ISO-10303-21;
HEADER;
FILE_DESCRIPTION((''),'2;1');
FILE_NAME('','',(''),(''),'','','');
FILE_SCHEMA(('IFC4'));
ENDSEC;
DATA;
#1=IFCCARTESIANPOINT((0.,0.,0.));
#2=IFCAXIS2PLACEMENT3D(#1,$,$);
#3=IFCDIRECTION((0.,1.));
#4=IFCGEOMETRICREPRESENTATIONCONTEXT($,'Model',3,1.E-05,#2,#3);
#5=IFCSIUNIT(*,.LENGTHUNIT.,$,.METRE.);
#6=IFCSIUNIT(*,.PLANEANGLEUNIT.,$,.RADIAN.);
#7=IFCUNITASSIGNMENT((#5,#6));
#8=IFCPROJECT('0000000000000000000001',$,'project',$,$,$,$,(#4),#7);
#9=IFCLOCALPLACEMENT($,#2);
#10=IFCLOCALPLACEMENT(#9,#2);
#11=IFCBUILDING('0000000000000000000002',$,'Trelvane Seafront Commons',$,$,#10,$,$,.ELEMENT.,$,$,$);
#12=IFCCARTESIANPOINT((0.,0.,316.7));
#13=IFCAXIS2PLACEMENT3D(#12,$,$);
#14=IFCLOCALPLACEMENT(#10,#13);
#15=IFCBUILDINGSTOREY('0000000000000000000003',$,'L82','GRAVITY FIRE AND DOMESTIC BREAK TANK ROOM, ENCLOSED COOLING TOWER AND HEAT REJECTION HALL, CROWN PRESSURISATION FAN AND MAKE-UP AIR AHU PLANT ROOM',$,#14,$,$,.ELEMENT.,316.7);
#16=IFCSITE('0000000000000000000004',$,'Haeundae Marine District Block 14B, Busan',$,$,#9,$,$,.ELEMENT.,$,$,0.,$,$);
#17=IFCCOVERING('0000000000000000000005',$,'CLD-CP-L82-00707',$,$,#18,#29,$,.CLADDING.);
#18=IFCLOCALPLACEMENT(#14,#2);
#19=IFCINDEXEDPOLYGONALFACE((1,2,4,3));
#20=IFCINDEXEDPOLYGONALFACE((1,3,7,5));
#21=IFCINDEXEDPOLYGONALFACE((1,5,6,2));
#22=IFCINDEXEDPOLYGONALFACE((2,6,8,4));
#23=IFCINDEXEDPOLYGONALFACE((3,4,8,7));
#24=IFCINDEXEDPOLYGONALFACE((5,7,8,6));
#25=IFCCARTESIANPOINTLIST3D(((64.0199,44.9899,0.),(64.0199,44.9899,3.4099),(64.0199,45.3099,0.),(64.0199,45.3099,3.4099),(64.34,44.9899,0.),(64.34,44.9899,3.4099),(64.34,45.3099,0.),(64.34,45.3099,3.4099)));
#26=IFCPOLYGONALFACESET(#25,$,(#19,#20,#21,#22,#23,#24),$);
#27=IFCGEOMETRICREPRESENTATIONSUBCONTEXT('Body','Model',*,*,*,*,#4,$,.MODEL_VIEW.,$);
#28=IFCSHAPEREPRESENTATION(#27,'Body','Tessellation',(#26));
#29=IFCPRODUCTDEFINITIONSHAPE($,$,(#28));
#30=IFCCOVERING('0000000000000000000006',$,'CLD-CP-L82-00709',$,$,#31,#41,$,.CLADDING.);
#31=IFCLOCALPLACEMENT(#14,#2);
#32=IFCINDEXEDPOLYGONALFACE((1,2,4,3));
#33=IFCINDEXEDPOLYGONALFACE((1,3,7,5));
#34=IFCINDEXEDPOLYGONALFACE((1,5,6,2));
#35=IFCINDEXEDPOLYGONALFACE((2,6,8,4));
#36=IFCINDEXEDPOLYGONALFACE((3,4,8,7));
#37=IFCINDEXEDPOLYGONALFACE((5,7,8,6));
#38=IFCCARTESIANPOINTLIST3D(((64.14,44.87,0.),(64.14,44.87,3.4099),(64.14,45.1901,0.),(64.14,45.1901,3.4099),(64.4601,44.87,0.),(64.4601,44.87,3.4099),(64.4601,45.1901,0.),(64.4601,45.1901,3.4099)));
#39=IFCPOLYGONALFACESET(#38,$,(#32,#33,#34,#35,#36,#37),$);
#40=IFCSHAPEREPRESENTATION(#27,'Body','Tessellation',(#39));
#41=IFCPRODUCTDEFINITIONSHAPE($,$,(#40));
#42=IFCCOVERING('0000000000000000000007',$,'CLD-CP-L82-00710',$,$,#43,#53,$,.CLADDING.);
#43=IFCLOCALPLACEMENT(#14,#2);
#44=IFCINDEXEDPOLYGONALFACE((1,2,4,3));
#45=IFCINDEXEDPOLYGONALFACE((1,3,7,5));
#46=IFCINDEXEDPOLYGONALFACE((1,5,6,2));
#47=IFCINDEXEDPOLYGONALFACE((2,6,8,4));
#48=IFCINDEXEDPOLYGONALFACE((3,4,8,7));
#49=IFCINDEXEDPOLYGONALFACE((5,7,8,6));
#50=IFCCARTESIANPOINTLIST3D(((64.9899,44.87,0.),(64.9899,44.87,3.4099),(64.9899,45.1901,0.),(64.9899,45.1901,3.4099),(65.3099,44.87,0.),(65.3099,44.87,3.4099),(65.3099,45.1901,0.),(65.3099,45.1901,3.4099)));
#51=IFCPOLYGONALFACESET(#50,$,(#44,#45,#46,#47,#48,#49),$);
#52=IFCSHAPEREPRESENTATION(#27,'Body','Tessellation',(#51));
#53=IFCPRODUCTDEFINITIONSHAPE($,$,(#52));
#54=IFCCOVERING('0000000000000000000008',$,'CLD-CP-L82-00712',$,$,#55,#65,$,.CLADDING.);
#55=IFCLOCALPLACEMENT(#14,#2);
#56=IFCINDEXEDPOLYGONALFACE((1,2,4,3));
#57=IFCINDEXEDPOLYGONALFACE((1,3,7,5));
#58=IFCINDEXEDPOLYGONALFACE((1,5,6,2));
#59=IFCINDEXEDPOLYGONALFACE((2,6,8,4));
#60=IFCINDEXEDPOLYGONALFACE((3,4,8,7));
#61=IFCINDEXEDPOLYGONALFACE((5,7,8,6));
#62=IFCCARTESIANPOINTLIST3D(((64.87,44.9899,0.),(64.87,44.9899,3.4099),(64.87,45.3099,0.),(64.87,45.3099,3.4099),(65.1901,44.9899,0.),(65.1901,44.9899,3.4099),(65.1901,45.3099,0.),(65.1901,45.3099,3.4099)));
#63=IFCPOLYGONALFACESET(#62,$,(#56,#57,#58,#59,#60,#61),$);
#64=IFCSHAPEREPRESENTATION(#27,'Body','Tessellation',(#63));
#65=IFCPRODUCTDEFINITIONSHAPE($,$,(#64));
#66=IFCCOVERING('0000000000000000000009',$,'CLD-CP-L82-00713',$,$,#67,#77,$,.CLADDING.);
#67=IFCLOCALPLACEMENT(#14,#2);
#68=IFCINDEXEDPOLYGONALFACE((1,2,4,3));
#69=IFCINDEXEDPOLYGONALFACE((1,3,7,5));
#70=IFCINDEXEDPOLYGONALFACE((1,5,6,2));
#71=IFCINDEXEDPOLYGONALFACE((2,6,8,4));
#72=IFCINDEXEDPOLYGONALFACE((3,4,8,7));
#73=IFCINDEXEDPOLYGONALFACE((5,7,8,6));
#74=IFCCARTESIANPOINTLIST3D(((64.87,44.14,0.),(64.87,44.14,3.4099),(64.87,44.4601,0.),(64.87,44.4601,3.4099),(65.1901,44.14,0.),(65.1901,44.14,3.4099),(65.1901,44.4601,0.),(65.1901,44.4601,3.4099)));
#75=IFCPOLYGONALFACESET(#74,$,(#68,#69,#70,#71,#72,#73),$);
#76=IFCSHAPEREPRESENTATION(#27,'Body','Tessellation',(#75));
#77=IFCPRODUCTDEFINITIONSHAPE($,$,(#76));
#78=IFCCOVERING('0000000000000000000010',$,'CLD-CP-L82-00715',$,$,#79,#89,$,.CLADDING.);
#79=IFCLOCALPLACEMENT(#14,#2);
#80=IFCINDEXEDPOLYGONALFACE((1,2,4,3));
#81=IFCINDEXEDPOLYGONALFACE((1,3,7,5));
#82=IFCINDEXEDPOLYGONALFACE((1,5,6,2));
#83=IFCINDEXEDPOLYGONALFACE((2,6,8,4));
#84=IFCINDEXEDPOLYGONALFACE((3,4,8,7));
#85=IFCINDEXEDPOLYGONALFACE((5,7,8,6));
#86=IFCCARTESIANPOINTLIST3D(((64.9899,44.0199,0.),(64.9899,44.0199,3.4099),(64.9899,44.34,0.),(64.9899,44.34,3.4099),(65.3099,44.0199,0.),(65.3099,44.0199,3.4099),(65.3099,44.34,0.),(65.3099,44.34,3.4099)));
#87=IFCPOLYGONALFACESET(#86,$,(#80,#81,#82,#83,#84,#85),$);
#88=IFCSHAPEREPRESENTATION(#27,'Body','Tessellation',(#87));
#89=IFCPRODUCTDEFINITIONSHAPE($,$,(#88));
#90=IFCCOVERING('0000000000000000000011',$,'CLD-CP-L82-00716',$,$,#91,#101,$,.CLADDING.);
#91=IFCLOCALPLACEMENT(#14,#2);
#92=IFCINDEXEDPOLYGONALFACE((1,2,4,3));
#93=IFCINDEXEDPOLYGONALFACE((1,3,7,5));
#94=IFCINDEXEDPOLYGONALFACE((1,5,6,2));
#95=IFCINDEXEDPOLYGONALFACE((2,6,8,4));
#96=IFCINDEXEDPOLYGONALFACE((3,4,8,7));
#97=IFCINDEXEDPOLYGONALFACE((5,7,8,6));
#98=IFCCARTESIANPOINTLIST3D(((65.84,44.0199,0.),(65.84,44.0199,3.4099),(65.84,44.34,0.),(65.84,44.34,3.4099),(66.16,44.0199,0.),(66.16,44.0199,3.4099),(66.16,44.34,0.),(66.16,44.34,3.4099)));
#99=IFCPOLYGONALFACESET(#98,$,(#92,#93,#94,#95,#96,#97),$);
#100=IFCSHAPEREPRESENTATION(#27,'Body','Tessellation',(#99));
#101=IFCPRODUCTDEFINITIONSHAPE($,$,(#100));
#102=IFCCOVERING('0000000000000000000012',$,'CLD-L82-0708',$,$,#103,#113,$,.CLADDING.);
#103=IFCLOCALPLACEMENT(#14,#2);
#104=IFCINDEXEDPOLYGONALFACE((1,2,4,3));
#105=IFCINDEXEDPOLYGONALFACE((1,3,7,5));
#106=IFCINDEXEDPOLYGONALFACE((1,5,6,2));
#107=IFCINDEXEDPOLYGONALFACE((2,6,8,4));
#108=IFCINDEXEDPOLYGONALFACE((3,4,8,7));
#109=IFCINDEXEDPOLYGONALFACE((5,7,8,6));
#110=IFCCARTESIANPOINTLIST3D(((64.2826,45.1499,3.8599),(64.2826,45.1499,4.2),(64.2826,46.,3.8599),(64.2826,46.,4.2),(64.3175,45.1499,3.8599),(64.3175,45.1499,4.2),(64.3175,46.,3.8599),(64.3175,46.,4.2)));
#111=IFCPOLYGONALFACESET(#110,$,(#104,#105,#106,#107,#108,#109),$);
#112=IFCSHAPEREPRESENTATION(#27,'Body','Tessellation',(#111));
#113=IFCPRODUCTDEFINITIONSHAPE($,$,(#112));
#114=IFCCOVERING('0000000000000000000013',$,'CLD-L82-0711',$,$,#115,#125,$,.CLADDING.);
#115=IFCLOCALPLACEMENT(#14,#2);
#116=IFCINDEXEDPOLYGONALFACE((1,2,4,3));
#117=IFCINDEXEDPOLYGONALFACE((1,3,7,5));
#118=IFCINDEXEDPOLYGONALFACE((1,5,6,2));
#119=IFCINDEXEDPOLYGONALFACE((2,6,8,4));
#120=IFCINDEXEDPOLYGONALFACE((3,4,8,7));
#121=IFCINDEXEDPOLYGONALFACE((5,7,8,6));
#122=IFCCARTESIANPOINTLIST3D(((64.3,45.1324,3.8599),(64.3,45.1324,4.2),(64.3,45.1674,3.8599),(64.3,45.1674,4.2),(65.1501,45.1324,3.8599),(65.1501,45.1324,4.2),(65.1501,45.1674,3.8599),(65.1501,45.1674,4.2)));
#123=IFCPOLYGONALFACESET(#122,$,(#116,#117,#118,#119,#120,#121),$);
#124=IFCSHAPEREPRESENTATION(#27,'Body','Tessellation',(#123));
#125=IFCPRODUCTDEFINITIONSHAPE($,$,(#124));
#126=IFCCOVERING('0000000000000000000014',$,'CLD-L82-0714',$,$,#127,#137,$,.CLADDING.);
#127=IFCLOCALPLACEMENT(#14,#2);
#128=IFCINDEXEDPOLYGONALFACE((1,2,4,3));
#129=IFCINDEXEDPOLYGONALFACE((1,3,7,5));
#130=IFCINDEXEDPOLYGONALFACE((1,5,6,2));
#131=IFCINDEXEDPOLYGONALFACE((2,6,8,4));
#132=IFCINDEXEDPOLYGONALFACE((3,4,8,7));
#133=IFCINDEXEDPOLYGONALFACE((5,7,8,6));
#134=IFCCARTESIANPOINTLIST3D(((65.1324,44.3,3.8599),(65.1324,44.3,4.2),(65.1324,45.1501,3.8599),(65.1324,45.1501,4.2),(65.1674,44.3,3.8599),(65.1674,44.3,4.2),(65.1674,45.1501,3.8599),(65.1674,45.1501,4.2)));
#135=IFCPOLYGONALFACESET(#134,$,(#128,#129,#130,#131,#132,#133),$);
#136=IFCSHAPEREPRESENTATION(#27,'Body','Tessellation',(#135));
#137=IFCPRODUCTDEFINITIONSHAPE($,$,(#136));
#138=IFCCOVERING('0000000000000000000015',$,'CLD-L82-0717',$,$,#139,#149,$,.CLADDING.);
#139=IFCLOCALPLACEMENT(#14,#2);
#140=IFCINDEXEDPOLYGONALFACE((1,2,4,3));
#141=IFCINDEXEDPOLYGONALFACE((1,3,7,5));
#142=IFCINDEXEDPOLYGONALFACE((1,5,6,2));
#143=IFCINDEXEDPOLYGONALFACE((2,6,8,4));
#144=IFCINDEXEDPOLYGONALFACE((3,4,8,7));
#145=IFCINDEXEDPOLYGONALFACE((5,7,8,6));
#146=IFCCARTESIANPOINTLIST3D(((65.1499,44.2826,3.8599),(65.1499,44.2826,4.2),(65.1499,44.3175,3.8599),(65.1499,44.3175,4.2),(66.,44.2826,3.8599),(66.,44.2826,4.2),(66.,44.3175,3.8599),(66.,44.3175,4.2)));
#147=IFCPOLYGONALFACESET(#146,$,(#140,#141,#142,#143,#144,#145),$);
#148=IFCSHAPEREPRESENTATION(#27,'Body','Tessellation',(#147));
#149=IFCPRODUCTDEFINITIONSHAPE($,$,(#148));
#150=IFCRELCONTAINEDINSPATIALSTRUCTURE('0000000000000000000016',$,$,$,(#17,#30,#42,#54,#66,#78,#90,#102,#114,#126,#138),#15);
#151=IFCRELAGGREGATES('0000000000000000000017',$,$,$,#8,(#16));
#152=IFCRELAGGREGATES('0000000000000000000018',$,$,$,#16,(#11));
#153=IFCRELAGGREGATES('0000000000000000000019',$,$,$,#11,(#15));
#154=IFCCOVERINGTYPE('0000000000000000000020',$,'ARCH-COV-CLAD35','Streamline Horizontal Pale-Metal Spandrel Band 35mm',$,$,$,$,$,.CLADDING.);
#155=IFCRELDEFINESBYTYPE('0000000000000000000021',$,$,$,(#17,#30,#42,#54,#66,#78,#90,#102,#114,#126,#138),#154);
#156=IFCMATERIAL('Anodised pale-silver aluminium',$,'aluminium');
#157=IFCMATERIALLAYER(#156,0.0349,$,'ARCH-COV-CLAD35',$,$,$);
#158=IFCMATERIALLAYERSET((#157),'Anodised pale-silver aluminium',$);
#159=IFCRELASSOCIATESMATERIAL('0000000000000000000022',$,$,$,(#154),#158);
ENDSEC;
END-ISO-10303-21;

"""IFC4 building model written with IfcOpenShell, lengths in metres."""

from ifc_helpers import new_model, si_unit, direction, frame, origin, origin_2d, place, context, subcontext, project, spatial, rectangle, extrude, source, transform, mapped, material, layer, layer_set, type_object, element, save


model = new_model("IFC4")

# Units and contexts
model_context = context("Model", 3, precision=1e-05, world=origin(), true_north=direction((0.0, 1.0)))
body_context = subcontext(model_context, "Body", "Model", "MODEL_VIEW")
ifc_project = project(units=[si_unit("LENGTHUNIT", "METRE"), si_unit("PLANEANGLEUNIT", "RADIAN")], contexts=[model_context])

# Site, building, storey
site_placement = place(None, origin())
site = spatial("IfcSite", under=ifc_project, at=site_placement, Name="Haeundae Marine District Block 14B, Busan", CompositionType="ELEMENT", RefElevation=0.0)
building_placement = place(site_placement, origin())
building = spatial("IfcBuilding", under=site, at=building_placement, Name="Trelvane Seafront Commons", CompositionType="ELEMENT")
storey_placement = place(building_placement, frame((0.0, 0.0, 316.7)))
storey = spatial("IfcBuildingStorey", under=building, at=storey_placement, Name="L82", Description="GRAVITY FIRE AND DOMESTIC BREAK TANK ROOM, ENCLOSED COOLING TOWER AND HEAT REJECTION HALL, CROWN PRESSURISATION FAN AND MAKE-UP AIR AHU PLANT ROOM", CompositionType="ELEMENT", Elevation=316.7)

# Shared definitions
ifc_material_1 = material(Name="Anodised pale-silver aluminium", Category="aluminium")

# Coverings
ifc_layer_1 = layer(ifc_material_1, 0.0349, Name="ARCH-COV-CLAD35")
ifc_layer_set_1 = layer_set([ifc_layer_1], Name="Anodised pale-silver aluminium")
covering_type = type_object("IfcCoveringType", Name="ARCH-COV-CLAD35", Description="Streamline Horizontal Pale-Metal Spandrel Band 35mm", PredefinedType="CLADDING", material=ifc_layer_set_1)
shared_shape_1 = source(origin(), body_context, "Body", "SweptSolid", [
    extrude(rectangle(XDim=0.3201, YDim=0.3201, at=origin_2d()), origin(), (0.0, 0.0, 1.0), 3.4099),
])
for number, where, z_axis, x_axis, name in (
    (1, (64.1799, 45.1499, 0.0), (0.0, 0.0, 1.0), (1.0, 0.0, 0.0), "CLD-CP-L82-00707"),
    (2, (64.3, 45.03, 0.0), (0.0, 0.0, 1.0), (1.0, 0.0, 0.0), "CLD-CP-L82-00709"),
    (3, (65.1499, 45.03, 0.0), (0.0, 0.0, 1.0), (1.0, 0.0, 0.0), "CLD-CP-L82-00710"),
    (4, (65.03, 45.1499, 0.0), (0.0, 0.0, 1.0), (1.0, 0.0, 0.0), "CLD-CP-L82-00712"),
    (5, (65.03, 44.3, 0.0), (0.0, 0.0, 1.0), (1.0, 0.0, 0.0), "CLD-CP-L82-00713"),
    (6, (65.1499, 44.1799, 0.0), (0.0, 0.0, 1.0), (1.0, 0.0, 0.0), "CLD-CP-L82-00715"),
    (7, (66.0, 44.1799, 0.0), (0.0, 0.0, 1.0), (1.0, 0.0, 0.0), "CLD-CP-L82-00716"),
):
    element("IfcCovering", number, at=place(storey_placement, frame(where, z_axis=z_axis, x_axis=x_axis)), inside=storey, type_object=covering_type, Name=name, PredefinedType="CLADDING", context=body_context, shape_type="MappedRepresentation", body=[
        mapped(shared_shape_1, transform((0.0, 0.0, 0.0), x_axis=(1.0, 0.0, 0.0), y_axis=(0.0, 1.0, 0.0), z_axis=(0.0, 0.0, 1.0), scale=1.0)),
    ])
shared_shape_2 = source(origin(), body_context, "Body", "SweptSolid", [
    extrude(rectangle(XDim=0.8501, YDim=0.0349, at=origin_2d()), origin(), (0.0, 0.0, 1.0), 0.3401),
])
for number, where, z_axis, x_axis, name in (
    (8, (64.3, 45.575, 3.8599), (0.0, 0.0, 1.0), (0.0, -1.0, 0.0), "CLD-L82-0708"),
    (9, (64.7251, 45.1499, 3.8599), (0.0, 0.0, 1.0), (1.0, 0.0, 0.0), "CLD-L82-0711"),
    (10, (65.1499, 44.7251, 3.8599), (0.0, 0.0, 1.0), (0.0, -1.0, 0.0), "CLD-L82-0714"),
    (11, (65.575, 44.3, 3.8599), (0.0, 0.0, 1.0), (1.0, 0.0, 0.0), "CLD-L82-0717"),
):
    element("IfcCovering", number, at=place(storey_placement, frame(where, z_axis=z_axis, x_axis=x_axis)), inside=storey, type_object=covering_type, Name=name, PredefinedType="CLADDING", context=body_context, shape_type="MappedRepresentation", body=[
        mapped(shared_shape_2, transform((0.0, 0.0, 0.0), x_axis=(1.0, 0.0, 0.0), y_axis=(0.0, 1.0, 0.0), z_axis=(0.0, 0.0, 1.0), scale=1.0)),
    ])

save(model, "model.ifc")
